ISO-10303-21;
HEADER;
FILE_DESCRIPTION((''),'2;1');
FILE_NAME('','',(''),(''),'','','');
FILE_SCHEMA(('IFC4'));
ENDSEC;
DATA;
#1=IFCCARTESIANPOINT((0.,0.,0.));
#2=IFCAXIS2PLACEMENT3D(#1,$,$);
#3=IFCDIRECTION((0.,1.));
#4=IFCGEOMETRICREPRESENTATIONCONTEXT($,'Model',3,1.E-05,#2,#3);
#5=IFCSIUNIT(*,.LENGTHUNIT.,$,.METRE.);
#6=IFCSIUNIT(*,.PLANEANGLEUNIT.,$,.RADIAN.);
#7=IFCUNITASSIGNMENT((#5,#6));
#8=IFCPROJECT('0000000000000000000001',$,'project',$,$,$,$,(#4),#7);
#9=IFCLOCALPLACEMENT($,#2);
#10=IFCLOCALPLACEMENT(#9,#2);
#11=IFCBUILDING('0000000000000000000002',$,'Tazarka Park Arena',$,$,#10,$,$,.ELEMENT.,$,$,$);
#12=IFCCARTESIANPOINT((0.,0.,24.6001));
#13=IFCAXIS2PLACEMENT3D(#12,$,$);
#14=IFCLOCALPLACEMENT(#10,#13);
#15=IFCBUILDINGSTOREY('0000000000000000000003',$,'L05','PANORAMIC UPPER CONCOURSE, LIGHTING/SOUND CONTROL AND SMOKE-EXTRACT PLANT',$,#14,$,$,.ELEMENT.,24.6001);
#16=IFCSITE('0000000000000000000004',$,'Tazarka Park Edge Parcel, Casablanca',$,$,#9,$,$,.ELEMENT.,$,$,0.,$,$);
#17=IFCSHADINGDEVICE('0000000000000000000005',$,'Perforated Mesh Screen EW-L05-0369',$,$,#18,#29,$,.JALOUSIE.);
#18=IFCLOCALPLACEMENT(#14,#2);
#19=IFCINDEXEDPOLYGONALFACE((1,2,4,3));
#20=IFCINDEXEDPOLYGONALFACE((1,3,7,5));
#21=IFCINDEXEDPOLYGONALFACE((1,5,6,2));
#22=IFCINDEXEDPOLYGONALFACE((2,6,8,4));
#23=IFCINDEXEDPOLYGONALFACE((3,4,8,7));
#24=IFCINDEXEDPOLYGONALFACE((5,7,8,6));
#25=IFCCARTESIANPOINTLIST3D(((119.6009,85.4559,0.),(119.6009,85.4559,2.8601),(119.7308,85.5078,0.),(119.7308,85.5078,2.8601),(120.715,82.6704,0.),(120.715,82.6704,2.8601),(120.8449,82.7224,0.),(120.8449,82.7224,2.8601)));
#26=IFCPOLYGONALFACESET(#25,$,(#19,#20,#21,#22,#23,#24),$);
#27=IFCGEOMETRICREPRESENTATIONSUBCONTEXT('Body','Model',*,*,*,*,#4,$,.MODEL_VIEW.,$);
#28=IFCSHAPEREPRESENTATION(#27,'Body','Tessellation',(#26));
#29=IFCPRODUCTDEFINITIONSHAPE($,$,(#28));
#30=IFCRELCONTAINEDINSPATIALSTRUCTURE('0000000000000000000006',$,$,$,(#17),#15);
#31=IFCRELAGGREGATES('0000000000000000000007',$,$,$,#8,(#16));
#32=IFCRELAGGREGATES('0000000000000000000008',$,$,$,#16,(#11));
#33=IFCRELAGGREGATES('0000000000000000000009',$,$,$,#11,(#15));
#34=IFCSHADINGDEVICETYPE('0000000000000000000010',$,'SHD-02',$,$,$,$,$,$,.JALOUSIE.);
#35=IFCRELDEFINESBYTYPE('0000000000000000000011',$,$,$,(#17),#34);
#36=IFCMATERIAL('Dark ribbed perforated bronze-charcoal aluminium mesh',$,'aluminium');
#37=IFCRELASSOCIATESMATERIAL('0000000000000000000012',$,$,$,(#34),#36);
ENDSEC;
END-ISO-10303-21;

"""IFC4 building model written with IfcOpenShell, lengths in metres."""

from ifc_helpers import new_model, si_unit, direction, frame, origin, origin_2d, place, context, subcontext, project, spatial, rectangle, extrude, material, type_object, element, save


model = new_model("IFC4")

# Units and contexts
model_context = context("Model", 3, precision=1e-05, world=origin(), true_north=direction((0.0, 1.0)))
body_context = subcontext(model_context, "Body", "Model", "MODEL_VIEW")
ifc_project = project(units=[si_unit("LENGTHUNIT", "METRE"), si_unit("PLANEANGLEUNIT", "RADIAN")], contexts=[model_context])

# Site, building, storey
site_placement = place(None, origin())
site = spatial("IfcSite", under=ifc_project, at=site_placement, Name="Tazarka Park Edge Parcel, Casablanca", CompositionType="ELEMENT", RefElevation=0.0)
building_placement = place(site_placement, origin())
building = spatial("IfcBuilding", under=site, at=building_placement, Name="Tazarka Park Arena", CompositionType="ELEMENT")
storey_placement = place(building_placement, frame((0.0, 0.0, 24.6001)))
storey = spatial("IfcBuildingStorey", under=building, at=storey_placement, Name="L05", Description="PANORAMIC UPPER CONCOURSE, LIGHTING/SOUND CONTROL AND SMOKE-EXTRACT PLANT", CompositionType="ELEMENT", Elevation=24.6001)

# Shading device
ifc_material_1 = material(Name="Dark ribbed perforated bronze-charcoal aluminium mesh", Category="aluminium")
shading_device_type = type_object("IfcShadingDeviceType", Name="SHD-02", PredefinedType="JALOUSIE", material=ifc_material_1)
shading_device_placement = place(storey_placement, frame((120.2229, 84.0891, 0.0), z_axis=(0.0, 0.0, 1.0), x_axis=(0.371368, -0.928486, 0.0)))
element("IfcShadingDevice", 1, at=shading_device_placement, inside=storey, type_object=shading_device_type, Name="Perforated Mesh Screen EW-L05-0369", PredefinedType="JALOUSIE", context=body_context, shape_type="SweptSolid", body=[
    extrude(rectangle(XDim=3.0, YDim=0.1399, at=origin_2d()), origin(), (0.0, 0.0, 1.0), 2.8601),
])

save(model, "model.ifc")
